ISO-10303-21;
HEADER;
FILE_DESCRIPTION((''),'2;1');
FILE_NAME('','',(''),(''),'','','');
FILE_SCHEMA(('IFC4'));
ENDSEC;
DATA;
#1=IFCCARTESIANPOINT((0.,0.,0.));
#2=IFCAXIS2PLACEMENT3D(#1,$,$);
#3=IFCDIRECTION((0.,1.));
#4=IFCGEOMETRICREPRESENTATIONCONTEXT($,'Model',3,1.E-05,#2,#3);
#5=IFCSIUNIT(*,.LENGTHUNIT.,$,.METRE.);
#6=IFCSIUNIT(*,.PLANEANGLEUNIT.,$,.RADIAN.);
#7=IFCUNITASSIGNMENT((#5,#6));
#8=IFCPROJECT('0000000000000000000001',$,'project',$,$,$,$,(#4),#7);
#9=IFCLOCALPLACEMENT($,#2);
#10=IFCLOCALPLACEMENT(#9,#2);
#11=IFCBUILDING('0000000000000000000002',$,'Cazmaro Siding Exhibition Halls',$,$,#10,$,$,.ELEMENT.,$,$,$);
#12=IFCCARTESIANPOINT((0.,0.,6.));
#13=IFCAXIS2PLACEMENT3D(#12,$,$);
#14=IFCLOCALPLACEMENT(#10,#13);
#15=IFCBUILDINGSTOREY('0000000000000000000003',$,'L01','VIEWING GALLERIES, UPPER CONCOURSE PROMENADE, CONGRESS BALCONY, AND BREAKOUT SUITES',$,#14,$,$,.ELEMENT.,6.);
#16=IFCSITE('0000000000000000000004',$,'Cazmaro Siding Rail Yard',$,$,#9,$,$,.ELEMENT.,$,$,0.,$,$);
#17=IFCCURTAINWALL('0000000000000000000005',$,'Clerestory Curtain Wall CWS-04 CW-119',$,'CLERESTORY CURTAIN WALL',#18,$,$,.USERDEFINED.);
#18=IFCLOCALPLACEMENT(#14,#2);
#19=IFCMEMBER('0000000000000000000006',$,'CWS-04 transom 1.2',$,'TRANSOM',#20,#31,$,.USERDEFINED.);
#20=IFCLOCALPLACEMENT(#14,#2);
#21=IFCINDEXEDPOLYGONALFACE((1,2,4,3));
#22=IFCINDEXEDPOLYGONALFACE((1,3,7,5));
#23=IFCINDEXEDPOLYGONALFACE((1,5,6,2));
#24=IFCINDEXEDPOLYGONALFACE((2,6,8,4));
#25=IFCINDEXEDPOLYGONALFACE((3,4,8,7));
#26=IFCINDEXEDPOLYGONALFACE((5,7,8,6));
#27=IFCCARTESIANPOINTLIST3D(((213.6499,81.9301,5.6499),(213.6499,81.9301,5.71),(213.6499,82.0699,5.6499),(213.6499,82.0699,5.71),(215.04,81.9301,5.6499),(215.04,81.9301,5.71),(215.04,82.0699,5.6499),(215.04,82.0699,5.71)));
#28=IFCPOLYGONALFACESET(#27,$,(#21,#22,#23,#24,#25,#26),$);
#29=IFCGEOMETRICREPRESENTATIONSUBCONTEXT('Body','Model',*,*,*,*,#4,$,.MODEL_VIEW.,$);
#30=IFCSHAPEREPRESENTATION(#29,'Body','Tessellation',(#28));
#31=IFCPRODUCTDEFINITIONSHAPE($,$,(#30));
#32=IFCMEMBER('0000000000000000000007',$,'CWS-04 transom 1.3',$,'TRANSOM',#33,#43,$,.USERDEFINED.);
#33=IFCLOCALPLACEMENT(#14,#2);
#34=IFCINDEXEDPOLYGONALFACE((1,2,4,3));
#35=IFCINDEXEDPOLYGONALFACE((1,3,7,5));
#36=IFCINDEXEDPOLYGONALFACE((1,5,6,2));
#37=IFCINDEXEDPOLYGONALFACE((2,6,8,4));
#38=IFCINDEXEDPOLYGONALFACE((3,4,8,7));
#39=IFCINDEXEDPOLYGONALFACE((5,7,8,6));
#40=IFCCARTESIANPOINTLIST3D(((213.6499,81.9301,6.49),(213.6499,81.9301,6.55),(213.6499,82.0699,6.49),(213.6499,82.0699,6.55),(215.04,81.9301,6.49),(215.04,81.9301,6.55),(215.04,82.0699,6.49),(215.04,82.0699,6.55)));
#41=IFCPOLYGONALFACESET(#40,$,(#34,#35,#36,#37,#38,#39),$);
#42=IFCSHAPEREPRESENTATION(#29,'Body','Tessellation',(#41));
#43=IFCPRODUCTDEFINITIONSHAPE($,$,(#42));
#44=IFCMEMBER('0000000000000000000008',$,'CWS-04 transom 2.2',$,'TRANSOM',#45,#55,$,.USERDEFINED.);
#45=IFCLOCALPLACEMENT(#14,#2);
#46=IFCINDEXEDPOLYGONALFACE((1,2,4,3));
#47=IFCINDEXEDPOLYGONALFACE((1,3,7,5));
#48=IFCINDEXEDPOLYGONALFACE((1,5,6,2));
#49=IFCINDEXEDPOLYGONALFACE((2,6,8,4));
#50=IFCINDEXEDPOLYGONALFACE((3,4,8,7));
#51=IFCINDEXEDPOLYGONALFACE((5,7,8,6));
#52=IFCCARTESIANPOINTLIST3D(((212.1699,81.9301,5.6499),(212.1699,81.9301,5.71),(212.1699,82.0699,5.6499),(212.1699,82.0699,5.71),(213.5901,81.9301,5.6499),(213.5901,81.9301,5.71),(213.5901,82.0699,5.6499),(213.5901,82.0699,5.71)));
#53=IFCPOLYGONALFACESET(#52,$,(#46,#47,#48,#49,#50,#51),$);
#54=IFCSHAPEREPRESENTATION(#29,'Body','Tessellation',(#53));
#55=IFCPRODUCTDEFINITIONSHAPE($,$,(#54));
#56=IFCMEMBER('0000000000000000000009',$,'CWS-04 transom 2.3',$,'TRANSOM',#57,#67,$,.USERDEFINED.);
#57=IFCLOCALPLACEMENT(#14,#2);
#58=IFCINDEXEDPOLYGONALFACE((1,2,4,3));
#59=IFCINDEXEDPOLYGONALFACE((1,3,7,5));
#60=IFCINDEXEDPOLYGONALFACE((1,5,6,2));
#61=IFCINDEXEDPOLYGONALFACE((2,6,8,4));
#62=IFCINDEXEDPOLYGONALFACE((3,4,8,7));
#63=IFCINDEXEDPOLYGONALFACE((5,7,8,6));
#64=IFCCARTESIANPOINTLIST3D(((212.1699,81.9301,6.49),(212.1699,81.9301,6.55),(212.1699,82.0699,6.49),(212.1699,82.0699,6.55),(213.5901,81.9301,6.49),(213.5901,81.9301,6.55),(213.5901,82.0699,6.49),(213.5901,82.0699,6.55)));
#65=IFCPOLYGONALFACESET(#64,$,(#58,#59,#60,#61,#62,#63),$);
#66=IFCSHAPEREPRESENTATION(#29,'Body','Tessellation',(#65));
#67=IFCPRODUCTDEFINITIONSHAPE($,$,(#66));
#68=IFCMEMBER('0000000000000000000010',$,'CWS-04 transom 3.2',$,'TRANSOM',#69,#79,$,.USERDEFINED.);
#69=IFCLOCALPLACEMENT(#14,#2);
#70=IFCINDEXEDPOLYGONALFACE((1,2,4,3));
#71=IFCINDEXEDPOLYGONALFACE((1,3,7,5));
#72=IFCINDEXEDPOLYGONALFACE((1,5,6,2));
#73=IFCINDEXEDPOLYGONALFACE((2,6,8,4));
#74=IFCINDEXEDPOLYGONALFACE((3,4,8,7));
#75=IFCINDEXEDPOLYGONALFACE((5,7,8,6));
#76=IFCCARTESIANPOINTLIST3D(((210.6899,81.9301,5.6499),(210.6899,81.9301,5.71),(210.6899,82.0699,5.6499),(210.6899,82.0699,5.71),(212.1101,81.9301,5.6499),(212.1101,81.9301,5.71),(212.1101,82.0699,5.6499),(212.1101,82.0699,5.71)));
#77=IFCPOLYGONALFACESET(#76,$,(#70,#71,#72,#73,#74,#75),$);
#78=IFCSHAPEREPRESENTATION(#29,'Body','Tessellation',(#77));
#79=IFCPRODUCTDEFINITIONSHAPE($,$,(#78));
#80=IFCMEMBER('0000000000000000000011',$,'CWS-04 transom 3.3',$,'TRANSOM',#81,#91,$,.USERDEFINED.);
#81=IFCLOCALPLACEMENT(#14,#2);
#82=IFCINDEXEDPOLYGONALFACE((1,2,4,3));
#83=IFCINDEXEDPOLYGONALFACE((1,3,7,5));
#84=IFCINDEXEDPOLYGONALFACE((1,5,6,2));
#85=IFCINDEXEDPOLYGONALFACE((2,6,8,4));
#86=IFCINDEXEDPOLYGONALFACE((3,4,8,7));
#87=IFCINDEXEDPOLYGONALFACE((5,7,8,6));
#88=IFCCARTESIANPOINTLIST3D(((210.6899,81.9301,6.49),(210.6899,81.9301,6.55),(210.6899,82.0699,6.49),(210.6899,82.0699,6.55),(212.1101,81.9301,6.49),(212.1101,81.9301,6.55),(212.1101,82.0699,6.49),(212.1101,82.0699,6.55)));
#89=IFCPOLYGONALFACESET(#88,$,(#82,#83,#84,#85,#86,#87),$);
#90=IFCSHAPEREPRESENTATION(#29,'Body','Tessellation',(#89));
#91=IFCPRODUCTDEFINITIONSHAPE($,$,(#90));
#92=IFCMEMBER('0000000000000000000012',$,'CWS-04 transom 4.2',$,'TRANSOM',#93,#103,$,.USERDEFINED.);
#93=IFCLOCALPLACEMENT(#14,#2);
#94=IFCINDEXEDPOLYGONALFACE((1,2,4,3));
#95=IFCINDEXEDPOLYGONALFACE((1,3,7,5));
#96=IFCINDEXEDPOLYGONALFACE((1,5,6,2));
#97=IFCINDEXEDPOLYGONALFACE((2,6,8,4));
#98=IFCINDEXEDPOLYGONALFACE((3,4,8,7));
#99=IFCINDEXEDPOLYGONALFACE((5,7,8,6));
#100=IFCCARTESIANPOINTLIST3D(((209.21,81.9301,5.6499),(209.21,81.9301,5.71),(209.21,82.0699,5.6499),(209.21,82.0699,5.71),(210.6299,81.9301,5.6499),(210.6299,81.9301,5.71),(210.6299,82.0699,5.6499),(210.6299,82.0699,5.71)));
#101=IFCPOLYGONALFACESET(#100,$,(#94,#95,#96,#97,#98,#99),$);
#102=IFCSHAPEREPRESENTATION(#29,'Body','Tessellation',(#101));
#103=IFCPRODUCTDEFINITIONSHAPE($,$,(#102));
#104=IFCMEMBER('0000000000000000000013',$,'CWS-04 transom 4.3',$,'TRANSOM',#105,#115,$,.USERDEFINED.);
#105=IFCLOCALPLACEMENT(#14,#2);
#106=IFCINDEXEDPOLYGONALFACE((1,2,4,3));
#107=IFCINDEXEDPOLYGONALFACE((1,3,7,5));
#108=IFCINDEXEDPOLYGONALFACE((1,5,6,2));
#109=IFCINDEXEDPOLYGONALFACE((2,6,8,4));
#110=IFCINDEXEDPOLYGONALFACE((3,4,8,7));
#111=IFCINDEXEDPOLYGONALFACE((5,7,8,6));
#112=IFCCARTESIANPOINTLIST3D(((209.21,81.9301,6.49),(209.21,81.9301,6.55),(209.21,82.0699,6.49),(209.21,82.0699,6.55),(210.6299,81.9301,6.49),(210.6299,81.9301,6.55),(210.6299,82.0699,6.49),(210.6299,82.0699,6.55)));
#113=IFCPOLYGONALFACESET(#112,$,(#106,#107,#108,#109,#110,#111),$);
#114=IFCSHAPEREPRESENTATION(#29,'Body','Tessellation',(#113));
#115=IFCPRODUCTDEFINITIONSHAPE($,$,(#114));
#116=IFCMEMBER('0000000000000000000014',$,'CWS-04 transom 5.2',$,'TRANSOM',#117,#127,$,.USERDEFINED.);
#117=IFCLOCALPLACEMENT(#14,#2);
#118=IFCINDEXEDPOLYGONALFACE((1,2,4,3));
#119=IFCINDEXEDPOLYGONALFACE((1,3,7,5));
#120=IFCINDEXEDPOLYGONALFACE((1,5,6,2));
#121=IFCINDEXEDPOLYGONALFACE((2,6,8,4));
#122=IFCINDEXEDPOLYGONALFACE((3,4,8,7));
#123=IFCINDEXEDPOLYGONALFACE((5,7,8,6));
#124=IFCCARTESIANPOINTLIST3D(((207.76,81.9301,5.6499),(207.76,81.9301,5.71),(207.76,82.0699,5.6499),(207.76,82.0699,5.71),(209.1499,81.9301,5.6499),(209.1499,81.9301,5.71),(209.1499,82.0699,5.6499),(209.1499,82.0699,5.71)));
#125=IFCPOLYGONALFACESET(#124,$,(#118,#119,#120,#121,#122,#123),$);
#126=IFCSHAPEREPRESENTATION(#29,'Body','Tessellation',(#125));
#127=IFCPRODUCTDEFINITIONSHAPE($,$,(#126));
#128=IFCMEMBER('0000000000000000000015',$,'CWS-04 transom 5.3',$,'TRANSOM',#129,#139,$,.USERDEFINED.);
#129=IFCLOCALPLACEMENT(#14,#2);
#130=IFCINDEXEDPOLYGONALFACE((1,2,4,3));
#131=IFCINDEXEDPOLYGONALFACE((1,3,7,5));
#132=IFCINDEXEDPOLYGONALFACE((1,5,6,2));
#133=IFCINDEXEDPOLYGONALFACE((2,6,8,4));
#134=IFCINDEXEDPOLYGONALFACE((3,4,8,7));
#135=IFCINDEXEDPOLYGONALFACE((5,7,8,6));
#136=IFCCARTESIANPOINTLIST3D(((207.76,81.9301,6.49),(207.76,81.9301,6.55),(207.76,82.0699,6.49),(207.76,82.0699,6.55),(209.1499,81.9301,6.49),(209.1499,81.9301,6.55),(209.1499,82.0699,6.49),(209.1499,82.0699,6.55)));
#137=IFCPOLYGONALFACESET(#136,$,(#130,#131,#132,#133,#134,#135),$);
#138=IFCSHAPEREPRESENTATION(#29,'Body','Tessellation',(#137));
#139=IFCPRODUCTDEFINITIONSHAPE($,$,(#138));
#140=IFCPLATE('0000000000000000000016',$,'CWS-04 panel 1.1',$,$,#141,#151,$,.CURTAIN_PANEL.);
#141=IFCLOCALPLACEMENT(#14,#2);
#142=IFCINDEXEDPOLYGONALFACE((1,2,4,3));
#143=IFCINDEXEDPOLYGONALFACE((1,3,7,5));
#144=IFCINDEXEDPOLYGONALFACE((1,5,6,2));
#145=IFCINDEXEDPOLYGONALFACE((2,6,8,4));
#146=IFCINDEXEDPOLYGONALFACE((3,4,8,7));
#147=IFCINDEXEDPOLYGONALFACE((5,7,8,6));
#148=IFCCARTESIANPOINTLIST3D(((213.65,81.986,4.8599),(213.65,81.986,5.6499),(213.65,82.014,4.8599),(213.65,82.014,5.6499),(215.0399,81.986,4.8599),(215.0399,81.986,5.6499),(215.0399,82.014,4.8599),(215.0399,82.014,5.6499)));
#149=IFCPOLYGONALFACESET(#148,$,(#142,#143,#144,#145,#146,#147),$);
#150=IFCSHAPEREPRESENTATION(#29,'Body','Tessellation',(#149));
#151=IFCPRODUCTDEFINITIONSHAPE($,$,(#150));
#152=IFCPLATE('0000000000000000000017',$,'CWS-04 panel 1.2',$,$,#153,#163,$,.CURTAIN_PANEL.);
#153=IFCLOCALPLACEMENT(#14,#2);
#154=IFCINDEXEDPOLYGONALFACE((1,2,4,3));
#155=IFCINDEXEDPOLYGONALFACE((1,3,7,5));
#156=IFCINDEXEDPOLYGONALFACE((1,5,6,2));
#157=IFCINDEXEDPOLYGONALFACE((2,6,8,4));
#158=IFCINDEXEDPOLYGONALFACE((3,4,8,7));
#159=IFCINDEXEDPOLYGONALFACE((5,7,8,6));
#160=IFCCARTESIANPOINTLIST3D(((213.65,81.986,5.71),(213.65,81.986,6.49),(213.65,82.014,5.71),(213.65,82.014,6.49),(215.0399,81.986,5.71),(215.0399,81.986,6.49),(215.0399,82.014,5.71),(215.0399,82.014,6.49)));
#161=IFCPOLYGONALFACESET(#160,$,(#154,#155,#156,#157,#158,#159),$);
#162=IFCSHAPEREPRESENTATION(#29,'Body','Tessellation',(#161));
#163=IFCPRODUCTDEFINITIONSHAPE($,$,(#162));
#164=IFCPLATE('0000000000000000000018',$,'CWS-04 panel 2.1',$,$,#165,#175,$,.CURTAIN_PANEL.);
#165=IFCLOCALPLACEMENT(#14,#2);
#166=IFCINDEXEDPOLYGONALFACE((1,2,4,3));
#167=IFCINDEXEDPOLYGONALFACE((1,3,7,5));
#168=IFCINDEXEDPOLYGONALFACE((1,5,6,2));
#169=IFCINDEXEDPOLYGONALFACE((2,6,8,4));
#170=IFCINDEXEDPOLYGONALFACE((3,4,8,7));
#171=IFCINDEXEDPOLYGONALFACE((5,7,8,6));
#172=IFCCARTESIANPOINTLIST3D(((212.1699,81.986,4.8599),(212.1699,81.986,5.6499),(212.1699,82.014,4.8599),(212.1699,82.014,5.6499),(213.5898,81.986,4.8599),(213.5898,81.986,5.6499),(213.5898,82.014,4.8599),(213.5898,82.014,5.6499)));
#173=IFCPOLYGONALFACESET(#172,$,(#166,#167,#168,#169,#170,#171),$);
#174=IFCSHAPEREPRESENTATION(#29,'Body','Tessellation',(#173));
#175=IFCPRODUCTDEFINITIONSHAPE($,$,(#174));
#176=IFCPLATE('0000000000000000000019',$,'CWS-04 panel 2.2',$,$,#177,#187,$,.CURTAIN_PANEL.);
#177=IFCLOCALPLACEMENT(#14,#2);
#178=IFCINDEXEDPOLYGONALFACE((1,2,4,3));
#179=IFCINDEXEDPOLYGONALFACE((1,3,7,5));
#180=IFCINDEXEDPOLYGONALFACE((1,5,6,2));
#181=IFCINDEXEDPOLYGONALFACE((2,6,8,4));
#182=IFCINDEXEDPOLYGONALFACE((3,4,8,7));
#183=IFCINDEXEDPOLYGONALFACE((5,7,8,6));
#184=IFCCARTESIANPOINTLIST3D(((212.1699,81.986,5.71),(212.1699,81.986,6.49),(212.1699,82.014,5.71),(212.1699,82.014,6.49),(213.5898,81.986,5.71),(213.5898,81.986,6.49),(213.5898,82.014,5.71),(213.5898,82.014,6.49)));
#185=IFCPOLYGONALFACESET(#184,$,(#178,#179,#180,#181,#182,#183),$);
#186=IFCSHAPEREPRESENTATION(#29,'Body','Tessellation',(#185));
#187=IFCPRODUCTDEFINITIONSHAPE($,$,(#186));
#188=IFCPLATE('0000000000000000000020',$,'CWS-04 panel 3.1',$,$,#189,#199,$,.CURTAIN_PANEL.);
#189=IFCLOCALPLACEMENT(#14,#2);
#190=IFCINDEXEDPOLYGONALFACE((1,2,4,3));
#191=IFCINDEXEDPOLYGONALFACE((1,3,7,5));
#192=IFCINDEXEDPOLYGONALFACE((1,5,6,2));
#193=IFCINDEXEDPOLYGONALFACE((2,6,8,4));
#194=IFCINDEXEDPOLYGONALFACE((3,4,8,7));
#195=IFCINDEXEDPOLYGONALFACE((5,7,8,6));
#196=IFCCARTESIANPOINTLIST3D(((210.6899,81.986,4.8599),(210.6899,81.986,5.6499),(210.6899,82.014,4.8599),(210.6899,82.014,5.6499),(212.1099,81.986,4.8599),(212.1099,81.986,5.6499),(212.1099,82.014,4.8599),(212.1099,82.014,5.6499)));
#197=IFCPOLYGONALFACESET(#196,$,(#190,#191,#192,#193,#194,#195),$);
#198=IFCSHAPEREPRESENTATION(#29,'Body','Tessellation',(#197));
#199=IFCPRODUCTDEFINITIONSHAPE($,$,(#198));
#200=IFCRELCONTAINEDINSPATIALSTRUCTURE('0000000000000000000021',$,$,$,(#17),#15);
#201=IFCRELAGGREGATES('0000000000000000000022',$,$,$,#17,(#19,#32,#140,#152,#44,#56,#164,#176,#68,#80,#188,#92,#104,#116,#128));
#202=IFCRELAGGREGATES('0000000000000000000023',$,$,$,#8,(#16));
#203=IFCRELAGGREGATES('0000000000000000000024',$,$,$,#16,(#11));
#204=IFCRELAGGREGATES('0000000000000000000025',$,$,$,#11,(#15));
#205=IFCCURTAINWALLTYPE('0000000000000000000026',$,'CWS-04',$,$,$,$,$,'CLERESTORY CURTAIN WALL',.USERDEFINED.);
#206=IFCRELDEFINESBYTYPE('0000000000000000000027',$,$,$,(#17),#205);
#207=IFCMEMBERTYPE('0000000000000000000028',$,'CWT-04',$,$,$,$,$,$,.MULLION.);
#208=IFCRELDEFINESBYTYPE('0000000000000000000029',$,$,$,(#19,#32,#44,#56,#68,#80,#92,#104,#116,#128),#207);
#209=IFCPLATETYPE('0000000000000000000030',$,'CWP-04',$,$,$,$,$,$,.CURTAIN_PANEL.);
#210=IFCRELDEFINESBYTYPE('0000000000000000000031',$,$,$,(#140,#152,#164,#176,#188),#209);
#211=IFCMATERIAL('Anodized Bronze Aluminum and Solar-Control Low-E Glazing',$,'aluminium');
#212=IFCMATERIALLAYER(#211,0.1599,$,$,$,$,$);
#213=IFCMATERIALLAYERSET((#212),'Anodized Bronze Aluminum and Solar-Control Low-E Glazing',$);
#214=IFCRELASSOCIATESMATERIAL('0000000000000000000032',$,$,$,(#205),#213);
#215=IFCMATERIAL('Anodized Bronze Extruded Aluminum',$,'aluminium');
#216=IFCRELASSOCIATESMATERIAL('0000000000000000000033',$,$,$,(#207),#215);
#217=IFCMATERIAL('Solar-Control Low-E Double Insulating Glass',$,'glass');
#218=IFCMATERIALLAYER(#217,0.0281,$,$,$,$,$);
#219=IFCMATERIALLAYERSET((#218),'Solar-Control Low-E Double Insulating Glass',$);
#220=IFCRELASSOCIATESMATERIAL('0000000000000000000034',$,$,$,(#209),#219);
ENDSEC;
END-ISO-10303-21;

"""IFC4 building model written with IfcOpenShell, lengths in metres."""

from ifc_helpers import new_model, si_unit, direction, frame, origin, origin_2d, place, context, subcontext, project, spatial, rectangle, extrude, material, layer, layer_set, material_profile, profile_set, type_object, element, aggregate, save


model = new_model("IFC4")

# Units and contexts
model_context = context("Model", 3, precision=1e-05, world=origin(), true_north=direction((0.0, 1.0)))
body_context = subcontext(model_context, "Body", "Model", "MODEL_VIEW")
ifc_project = project(units=[si_unit("LENGTHUNIT", "METRE"), si_unit("PLANEANGLEUNIT", "RADIAN")], contexts=[model_context])

# Site, building, storey
site_placement = place(None, origin())
site = spatial("IfcSite", under=ifc_project, at=site_placement, Name="Cazmaro Siding Rail Yard", CompositionType="ELEMENT", RefElevation=0.0)
building_placement = place(site_placement, origin())
building = spatial("IfcBuilding", under=site, at=building_placement, Name="Cazmaro Siding Exhibition Halls", CompositionType="ELEMENT")
storey_placement = place(building_placement, frame((0.0, 0.0, 6.0)))
storey = spatial("IfcBuildingStorey", under=building, at=storey_placement, Name="L01", Description="VIEWING GALLERIES, UPPER CONCOURSE PROMENADE, CONGRESS BALCONY, AND BREAKOUT SUITES", CompositionType="ELEMENT", Elevation=6.0)

# Curtain wall, members, plates
ifc_material_1 = material(Name="Anodized Bronze Aluminum and Solar-Control Low-E Glazing", Category="aluminium")
ifc_layer_1 = layer(ifc_material_1, 0.1599)
ifc_layer_set_1 = layer_set([ifc_layer_1], Name="Anodized Bronze Aluminum and Solar-Control Low-E Glazing")
curtain_wall_type = type_object("IfcCurtainWallType", Name="CWS-04", ElementType="CLERESTORY CURTAIN WALL", PredefinedType="USERDEFINED", material=ifc_layer_set_1)
curtain_wall_1_placement = place(storey_placement, origin())
curtain_wall_1 = element("IfcCurtainWall", 1, at=curtain_wall_1_placement, inside=storey, type_object=curtain_wall_type, Name="Clerestory Curtain Wall CWS-04 CW-119", ObjectType="CLERESTORY CURTAIN WALL", PredefinedType="USERDEFINED")
ifc_material_2 = material(Name="Anodized Bronze Extruded Aluminum", Category="aluminium")
ifc_material_profile = material_profile(ifc_material_2, rectangle(XDim=0.1399, YDim=0.0601, at=origin_2d()), Name="CWT-04")
ifc_profile_set = profile_set([ifc_material_profile], Name="Anodized Bronze Extruded Aluminum")
member_type = type_object("IfcMemberType", Name="CWT-04", PredefinedType="MULLION", material=ifc_profile_set)
member_1_placement = place(storey_placement, frame((215.04, 82.0, 5.6799), z_axis=(-1.0, 0.0, 0.0), x_axis=(0.0, -1.0, 0.0)))
member_1 = element("IfcMember", 2, at=member_1_placement, type_object=member_type, Name="CWS-04 transom 1.2", ObjectType="TRANSOM", PredefinedType="USERDEFINED", context=body_context, shape_type="SweptSolid", body=[
    extrude(rectangle(XDim=0.1399, YDim=0.0601, at=origin_2d()), origin(), (0.0, 0.0, 1.0), 1.3901),
])
member_2_placement = place(storey_placement, frame((215.04, 82.0, 6.52), z_axis=(-1.0, 0.0, 0.0), x_axis=(0.0, -1.0, 0.0)))
member_2 = element("IfcMember", 3, at=member_2_placement, type_object=member_type, Name="CWS-04 transom 1.3", ObjectType="TRANSOM", PredefinedType="USERDEFINED", context=body_context, shape_type="SweptSolid", body=[
    extrude(rectangle(XDim=0.1399, YDim=0.0601, at=origin_2d()), origin(), (0.0, 0.0, 1.0), 1.3901),
])
member_3_placement = place(storey_placement, frame((213.5901, 82.0, 5.6799), z_axis=(-1.0, 0.0, 0.0), x_axis=(0.0, -1.0, 0.0)))
member_3 = element("IfcMember", 4, at=member_3_placement, type_object=member_type, Name="CWS-04 transom 2.2", ObjectType="TRANSOM", PredefinedType="USERDEFINED", context=body_context, shape_type="SweptSolid", body=[
    extrude(rectangle(XDim=0.1399, YDim=0.0601, at=origin_2d()), origin(), (0.0, 0.0, 1.0), 1.4202),
])
member_4_placement = place(storey_placement, frame((213.5901, 82.0, 6.52), z_axis=(-1.0, 0.0, 0.0), x_axis=(0.0, -1.0, 0.0)))
member_4 = element("IfcMember", 5, at=member_4_placement, type_object=member_type, Name="CWS-04 transom 2.3", ObjectType="TRANSOM", PredefinedType="USERDEFINED", context=body_context, shape_type="SweptSolid", body=[
    extrude(rectangle(XDim=0.1399, YDim=0.0601, at=origin_2d()), origin(), (0.0, 0.0, 1.0), 1.4202),
])
member_5_placement = place(storey_placement, frame((212.1101, 82.0, 5.6799), z_axis=(-1.0, 0.0, 0.0), x_axis=(0.0, -1.0, 0.0)))
member_5 = element("IfcMember", 6, at=member_5_placement, type_object=member_type, Name="CWS-04 transom 3.2", ObjectType="TRANSOM", PredefinedType="USERDEFINED", context=body_context, shape_type="SweptSolid", body=[
    extrude(rectangle(XDim=0.1399, YDim=0.0601, at=origin_2d()), origin(), (0.0, 0.0, 1.0), 1.4202),
])
member_6_placement = place(storey_placement, frame((212.1101, 82.0, 6.52), z_axis=(-1.0, 0.0, 0.0), x_axis=(0.0, -1.0, 0.0)))
member_6 = element("IfcMember", 7, at=member_6_placement, type_object=member_type, Name="CWS-04 transom 3.3", ObjectType="TRANSOM", PredefinedType="USERDEFINED", context=body_context, shape_type="SweptSolid", body=[
    extrude(rectangle(XDim=0.1399, YDim=0.0601, at=origin_2d()), origin(), (0.0, 0.0, 1.0), 1.4202),
])
member_7_placement = place(storey_placement, frame((210.6299, 82.0, 5.6799), z_axis=(-1.0, 0.0, 0.0), x_axis=(0.0, -1.0, 0.0)))
member_7 = element("IfcMember", 8, at=member_7_placement, type_object=member_type, Name="CWS-04 transom 4.2", ObjectType="TRANSOM", PredefinedType="USERDEFINED", context=body_context, shape_type="SweptSolid", body=[
    extrude(rectangle(XDim=0.1399, YDim=0.0601, at=origin_2d()), origin(), (0.0, 0.0, 1.0), 1.4199),
])
member_8_placement = place(storey_placement, frame((210.6299, 82.0, 6.52), z_axis=(-1.0, 0.0, 0.0), x_axis=(0.0, -1.0, 0.0)))
member_8 = element("IfcMember", 9, at=member_8_placement, type_object=member_type, Name="CWS-04 transom 4.3", ObjectType="TRANSOM", PredefinedType="USERDEFINED", context=body_context, shape_type="SweptSolid", body=[
    extrude(rectangle(XDim=0.1399, YDim=0.0601, at=origin_2d()), origin(), (0.0, 0.0, 1.0), 1.4199),
])
member_9_placement = place(storey_placement, frame((209.1499, 82.0, 5.6799), z_axis=(-1.0, 0.0, 0.0), x_axis=(0.0, -1.0, 0.0)))
member_9 = element("IfcMember", 10, at=member_9_placement, type_object=member_type, Name="CWS-04 transom 5.2", ObjectType="TRANSOM", PredefinedType="USERDEFINED", context=body_context, shape_type="SweptSolid", body=[
    extrude(rectangle(XDim=0.1399, YDim=0.0601, at=origin_2d()), origin(), (0.0, 0.0, 1.0), 1.3899),
])
member_10_placement = place(storey_placement, frame((209.1499, 82.0, 6.52), z_axis=(-1.0, 0.0, 0.0), x_axis=(0.0, -1.0, 0.0)))
member_10 = element("IfcMember", 11, at=member_10_placement, type_object=member_type, Name="CWS-04 transom 5.3", ObjectType="TRANSOM", PredefinedType="USERDEFINED", context=body_context, shape_type="SweptSolid", body=[
    extrude(rectangle(XDim=0.1399, YDim=0.0601, at=origin_2d()), origin(), (0.0, 0.0, 1.0), 1.3899),
])
ifc_material_3 = material(Name="Solar-Control Low-E Double Insulating Glass", Category="glass")
ifc_layer_2 = layer(ifc_material_3, 0.0281)
ifc_layer_set_2 = layer_set([ifc_layer_2], Name="Solar-Control Low-E Double Insulating Glass")
plate_type = type_object("IfcPlateType", Name="CWP-04", PredefinedType="CURTAIN_PANEL", material=ifc_layer_set_2)
plate_1_placement = place(storey_placement, frame((214.345, 82.0, 4.8599), z_axis=(0.0, 0.0, 1.0), x_axis=(-1.0, 0.0, 0.0)))
plate_1 = element("IfcPlate", 12, at=plate_1_placement, type_object=plate_type, Name="CWS-04 panel 1.1", PredefinedType="CURTAIN_PANEL", context=body_context, shape_type="SweptSolid", body=[
    extrude(rectangle(XDim=1.3899, YDim=0.0281, at=origin_2d()), origin(), (0.0, 0.0, 1.0), 0.79),
])
plate_2_placement = place(storey_placement, frame((214.345, 82.0, 5.71), z_axis=(0.0, 0.0, 1.0), x_axis=(-1.0, 0.0, 0.0)))
plate_2 = element("IfcPlate", 13, at=plate_2_placement, type_object=plate_type, Name="CWS-04 panel 1.2", PredefinedType="CURTAIN_PANEL", context=body_context, shape_type="SweptSolid", body=[
    extrude(rectangle(XDim=1.3899, YDim=0.0281, at=origin_2d()), origin(), (0.0, 0.0, 1.0), 0.78),
])
plate_3_placement = place(storey_placement, frame((212.8799, 82.0, 4.8599), z_axis=(0.0, 0.0, 1.0), x_axis=(-1.0, 0.0, 0.0)))
plate_3 = element("IfcPlate", 14, at=plate_3_placement, type_object=plate_type, Name="CWS-04 panel 2.1", PredefinedType="CURTAIN_PANEL", context=body_context, shape_type="SweptSolid", body=[
    extrude(rectangle(XDim=1.4199, YDim=0.0281, at=origin_2d()), origin(), (0.0, 0.0, 1.0), 0.79),
])
plate_4_placement = place(storey_placement, frame((212.8799, 82.0, 5.71), z_axis=(0.0, 0.0, 1.0), x_axis=(-1.0, 0.0, 0.0)))
plate_4 = element("IfcPlate", 15, at=plate_4_placement, type_object=plate_type, Name="CWS-04 panel 2.2", PredefinedType="CURTAIN_PANEL", context=body_context, shape_type="SweptSolid", body=[
    extrude(rectangle(XDim=1.4199, YDim=0.0281, at=origin_2d()), origin(), (0.0, 0.0, 1.0), 0.78),
])
plate_5_placement = place(storey_placement, frame((211.3999, 82.0, 4.8599), z_axis=(0.0, 0.0, 1.0), x_axis=(-1.0, 0.0, 0.0)))
plate_5 = element("IfcPlate", 16, at=plate_5_placement, type_object=plate_type, Name="CWS-04 panel 3.1", PredefinedType="CURTAIN_PANEL", context=body_context, shape_type="SweptSolid", body=[
    extrude(rectangle(XDim=1.4199, YDim=0.0281, at=origin_2d()), origin(), (0.0, 0.0, 1.0), 0.79),
])
aggregate(curtain_wall_1, [member_1, member_2, plate_1, plate_2, member_3, member_4, plate_3, plate_4, member_5, member_6, plate_5, member_7, member_8, member_9, member_10])

save(model, "model.ifc")
